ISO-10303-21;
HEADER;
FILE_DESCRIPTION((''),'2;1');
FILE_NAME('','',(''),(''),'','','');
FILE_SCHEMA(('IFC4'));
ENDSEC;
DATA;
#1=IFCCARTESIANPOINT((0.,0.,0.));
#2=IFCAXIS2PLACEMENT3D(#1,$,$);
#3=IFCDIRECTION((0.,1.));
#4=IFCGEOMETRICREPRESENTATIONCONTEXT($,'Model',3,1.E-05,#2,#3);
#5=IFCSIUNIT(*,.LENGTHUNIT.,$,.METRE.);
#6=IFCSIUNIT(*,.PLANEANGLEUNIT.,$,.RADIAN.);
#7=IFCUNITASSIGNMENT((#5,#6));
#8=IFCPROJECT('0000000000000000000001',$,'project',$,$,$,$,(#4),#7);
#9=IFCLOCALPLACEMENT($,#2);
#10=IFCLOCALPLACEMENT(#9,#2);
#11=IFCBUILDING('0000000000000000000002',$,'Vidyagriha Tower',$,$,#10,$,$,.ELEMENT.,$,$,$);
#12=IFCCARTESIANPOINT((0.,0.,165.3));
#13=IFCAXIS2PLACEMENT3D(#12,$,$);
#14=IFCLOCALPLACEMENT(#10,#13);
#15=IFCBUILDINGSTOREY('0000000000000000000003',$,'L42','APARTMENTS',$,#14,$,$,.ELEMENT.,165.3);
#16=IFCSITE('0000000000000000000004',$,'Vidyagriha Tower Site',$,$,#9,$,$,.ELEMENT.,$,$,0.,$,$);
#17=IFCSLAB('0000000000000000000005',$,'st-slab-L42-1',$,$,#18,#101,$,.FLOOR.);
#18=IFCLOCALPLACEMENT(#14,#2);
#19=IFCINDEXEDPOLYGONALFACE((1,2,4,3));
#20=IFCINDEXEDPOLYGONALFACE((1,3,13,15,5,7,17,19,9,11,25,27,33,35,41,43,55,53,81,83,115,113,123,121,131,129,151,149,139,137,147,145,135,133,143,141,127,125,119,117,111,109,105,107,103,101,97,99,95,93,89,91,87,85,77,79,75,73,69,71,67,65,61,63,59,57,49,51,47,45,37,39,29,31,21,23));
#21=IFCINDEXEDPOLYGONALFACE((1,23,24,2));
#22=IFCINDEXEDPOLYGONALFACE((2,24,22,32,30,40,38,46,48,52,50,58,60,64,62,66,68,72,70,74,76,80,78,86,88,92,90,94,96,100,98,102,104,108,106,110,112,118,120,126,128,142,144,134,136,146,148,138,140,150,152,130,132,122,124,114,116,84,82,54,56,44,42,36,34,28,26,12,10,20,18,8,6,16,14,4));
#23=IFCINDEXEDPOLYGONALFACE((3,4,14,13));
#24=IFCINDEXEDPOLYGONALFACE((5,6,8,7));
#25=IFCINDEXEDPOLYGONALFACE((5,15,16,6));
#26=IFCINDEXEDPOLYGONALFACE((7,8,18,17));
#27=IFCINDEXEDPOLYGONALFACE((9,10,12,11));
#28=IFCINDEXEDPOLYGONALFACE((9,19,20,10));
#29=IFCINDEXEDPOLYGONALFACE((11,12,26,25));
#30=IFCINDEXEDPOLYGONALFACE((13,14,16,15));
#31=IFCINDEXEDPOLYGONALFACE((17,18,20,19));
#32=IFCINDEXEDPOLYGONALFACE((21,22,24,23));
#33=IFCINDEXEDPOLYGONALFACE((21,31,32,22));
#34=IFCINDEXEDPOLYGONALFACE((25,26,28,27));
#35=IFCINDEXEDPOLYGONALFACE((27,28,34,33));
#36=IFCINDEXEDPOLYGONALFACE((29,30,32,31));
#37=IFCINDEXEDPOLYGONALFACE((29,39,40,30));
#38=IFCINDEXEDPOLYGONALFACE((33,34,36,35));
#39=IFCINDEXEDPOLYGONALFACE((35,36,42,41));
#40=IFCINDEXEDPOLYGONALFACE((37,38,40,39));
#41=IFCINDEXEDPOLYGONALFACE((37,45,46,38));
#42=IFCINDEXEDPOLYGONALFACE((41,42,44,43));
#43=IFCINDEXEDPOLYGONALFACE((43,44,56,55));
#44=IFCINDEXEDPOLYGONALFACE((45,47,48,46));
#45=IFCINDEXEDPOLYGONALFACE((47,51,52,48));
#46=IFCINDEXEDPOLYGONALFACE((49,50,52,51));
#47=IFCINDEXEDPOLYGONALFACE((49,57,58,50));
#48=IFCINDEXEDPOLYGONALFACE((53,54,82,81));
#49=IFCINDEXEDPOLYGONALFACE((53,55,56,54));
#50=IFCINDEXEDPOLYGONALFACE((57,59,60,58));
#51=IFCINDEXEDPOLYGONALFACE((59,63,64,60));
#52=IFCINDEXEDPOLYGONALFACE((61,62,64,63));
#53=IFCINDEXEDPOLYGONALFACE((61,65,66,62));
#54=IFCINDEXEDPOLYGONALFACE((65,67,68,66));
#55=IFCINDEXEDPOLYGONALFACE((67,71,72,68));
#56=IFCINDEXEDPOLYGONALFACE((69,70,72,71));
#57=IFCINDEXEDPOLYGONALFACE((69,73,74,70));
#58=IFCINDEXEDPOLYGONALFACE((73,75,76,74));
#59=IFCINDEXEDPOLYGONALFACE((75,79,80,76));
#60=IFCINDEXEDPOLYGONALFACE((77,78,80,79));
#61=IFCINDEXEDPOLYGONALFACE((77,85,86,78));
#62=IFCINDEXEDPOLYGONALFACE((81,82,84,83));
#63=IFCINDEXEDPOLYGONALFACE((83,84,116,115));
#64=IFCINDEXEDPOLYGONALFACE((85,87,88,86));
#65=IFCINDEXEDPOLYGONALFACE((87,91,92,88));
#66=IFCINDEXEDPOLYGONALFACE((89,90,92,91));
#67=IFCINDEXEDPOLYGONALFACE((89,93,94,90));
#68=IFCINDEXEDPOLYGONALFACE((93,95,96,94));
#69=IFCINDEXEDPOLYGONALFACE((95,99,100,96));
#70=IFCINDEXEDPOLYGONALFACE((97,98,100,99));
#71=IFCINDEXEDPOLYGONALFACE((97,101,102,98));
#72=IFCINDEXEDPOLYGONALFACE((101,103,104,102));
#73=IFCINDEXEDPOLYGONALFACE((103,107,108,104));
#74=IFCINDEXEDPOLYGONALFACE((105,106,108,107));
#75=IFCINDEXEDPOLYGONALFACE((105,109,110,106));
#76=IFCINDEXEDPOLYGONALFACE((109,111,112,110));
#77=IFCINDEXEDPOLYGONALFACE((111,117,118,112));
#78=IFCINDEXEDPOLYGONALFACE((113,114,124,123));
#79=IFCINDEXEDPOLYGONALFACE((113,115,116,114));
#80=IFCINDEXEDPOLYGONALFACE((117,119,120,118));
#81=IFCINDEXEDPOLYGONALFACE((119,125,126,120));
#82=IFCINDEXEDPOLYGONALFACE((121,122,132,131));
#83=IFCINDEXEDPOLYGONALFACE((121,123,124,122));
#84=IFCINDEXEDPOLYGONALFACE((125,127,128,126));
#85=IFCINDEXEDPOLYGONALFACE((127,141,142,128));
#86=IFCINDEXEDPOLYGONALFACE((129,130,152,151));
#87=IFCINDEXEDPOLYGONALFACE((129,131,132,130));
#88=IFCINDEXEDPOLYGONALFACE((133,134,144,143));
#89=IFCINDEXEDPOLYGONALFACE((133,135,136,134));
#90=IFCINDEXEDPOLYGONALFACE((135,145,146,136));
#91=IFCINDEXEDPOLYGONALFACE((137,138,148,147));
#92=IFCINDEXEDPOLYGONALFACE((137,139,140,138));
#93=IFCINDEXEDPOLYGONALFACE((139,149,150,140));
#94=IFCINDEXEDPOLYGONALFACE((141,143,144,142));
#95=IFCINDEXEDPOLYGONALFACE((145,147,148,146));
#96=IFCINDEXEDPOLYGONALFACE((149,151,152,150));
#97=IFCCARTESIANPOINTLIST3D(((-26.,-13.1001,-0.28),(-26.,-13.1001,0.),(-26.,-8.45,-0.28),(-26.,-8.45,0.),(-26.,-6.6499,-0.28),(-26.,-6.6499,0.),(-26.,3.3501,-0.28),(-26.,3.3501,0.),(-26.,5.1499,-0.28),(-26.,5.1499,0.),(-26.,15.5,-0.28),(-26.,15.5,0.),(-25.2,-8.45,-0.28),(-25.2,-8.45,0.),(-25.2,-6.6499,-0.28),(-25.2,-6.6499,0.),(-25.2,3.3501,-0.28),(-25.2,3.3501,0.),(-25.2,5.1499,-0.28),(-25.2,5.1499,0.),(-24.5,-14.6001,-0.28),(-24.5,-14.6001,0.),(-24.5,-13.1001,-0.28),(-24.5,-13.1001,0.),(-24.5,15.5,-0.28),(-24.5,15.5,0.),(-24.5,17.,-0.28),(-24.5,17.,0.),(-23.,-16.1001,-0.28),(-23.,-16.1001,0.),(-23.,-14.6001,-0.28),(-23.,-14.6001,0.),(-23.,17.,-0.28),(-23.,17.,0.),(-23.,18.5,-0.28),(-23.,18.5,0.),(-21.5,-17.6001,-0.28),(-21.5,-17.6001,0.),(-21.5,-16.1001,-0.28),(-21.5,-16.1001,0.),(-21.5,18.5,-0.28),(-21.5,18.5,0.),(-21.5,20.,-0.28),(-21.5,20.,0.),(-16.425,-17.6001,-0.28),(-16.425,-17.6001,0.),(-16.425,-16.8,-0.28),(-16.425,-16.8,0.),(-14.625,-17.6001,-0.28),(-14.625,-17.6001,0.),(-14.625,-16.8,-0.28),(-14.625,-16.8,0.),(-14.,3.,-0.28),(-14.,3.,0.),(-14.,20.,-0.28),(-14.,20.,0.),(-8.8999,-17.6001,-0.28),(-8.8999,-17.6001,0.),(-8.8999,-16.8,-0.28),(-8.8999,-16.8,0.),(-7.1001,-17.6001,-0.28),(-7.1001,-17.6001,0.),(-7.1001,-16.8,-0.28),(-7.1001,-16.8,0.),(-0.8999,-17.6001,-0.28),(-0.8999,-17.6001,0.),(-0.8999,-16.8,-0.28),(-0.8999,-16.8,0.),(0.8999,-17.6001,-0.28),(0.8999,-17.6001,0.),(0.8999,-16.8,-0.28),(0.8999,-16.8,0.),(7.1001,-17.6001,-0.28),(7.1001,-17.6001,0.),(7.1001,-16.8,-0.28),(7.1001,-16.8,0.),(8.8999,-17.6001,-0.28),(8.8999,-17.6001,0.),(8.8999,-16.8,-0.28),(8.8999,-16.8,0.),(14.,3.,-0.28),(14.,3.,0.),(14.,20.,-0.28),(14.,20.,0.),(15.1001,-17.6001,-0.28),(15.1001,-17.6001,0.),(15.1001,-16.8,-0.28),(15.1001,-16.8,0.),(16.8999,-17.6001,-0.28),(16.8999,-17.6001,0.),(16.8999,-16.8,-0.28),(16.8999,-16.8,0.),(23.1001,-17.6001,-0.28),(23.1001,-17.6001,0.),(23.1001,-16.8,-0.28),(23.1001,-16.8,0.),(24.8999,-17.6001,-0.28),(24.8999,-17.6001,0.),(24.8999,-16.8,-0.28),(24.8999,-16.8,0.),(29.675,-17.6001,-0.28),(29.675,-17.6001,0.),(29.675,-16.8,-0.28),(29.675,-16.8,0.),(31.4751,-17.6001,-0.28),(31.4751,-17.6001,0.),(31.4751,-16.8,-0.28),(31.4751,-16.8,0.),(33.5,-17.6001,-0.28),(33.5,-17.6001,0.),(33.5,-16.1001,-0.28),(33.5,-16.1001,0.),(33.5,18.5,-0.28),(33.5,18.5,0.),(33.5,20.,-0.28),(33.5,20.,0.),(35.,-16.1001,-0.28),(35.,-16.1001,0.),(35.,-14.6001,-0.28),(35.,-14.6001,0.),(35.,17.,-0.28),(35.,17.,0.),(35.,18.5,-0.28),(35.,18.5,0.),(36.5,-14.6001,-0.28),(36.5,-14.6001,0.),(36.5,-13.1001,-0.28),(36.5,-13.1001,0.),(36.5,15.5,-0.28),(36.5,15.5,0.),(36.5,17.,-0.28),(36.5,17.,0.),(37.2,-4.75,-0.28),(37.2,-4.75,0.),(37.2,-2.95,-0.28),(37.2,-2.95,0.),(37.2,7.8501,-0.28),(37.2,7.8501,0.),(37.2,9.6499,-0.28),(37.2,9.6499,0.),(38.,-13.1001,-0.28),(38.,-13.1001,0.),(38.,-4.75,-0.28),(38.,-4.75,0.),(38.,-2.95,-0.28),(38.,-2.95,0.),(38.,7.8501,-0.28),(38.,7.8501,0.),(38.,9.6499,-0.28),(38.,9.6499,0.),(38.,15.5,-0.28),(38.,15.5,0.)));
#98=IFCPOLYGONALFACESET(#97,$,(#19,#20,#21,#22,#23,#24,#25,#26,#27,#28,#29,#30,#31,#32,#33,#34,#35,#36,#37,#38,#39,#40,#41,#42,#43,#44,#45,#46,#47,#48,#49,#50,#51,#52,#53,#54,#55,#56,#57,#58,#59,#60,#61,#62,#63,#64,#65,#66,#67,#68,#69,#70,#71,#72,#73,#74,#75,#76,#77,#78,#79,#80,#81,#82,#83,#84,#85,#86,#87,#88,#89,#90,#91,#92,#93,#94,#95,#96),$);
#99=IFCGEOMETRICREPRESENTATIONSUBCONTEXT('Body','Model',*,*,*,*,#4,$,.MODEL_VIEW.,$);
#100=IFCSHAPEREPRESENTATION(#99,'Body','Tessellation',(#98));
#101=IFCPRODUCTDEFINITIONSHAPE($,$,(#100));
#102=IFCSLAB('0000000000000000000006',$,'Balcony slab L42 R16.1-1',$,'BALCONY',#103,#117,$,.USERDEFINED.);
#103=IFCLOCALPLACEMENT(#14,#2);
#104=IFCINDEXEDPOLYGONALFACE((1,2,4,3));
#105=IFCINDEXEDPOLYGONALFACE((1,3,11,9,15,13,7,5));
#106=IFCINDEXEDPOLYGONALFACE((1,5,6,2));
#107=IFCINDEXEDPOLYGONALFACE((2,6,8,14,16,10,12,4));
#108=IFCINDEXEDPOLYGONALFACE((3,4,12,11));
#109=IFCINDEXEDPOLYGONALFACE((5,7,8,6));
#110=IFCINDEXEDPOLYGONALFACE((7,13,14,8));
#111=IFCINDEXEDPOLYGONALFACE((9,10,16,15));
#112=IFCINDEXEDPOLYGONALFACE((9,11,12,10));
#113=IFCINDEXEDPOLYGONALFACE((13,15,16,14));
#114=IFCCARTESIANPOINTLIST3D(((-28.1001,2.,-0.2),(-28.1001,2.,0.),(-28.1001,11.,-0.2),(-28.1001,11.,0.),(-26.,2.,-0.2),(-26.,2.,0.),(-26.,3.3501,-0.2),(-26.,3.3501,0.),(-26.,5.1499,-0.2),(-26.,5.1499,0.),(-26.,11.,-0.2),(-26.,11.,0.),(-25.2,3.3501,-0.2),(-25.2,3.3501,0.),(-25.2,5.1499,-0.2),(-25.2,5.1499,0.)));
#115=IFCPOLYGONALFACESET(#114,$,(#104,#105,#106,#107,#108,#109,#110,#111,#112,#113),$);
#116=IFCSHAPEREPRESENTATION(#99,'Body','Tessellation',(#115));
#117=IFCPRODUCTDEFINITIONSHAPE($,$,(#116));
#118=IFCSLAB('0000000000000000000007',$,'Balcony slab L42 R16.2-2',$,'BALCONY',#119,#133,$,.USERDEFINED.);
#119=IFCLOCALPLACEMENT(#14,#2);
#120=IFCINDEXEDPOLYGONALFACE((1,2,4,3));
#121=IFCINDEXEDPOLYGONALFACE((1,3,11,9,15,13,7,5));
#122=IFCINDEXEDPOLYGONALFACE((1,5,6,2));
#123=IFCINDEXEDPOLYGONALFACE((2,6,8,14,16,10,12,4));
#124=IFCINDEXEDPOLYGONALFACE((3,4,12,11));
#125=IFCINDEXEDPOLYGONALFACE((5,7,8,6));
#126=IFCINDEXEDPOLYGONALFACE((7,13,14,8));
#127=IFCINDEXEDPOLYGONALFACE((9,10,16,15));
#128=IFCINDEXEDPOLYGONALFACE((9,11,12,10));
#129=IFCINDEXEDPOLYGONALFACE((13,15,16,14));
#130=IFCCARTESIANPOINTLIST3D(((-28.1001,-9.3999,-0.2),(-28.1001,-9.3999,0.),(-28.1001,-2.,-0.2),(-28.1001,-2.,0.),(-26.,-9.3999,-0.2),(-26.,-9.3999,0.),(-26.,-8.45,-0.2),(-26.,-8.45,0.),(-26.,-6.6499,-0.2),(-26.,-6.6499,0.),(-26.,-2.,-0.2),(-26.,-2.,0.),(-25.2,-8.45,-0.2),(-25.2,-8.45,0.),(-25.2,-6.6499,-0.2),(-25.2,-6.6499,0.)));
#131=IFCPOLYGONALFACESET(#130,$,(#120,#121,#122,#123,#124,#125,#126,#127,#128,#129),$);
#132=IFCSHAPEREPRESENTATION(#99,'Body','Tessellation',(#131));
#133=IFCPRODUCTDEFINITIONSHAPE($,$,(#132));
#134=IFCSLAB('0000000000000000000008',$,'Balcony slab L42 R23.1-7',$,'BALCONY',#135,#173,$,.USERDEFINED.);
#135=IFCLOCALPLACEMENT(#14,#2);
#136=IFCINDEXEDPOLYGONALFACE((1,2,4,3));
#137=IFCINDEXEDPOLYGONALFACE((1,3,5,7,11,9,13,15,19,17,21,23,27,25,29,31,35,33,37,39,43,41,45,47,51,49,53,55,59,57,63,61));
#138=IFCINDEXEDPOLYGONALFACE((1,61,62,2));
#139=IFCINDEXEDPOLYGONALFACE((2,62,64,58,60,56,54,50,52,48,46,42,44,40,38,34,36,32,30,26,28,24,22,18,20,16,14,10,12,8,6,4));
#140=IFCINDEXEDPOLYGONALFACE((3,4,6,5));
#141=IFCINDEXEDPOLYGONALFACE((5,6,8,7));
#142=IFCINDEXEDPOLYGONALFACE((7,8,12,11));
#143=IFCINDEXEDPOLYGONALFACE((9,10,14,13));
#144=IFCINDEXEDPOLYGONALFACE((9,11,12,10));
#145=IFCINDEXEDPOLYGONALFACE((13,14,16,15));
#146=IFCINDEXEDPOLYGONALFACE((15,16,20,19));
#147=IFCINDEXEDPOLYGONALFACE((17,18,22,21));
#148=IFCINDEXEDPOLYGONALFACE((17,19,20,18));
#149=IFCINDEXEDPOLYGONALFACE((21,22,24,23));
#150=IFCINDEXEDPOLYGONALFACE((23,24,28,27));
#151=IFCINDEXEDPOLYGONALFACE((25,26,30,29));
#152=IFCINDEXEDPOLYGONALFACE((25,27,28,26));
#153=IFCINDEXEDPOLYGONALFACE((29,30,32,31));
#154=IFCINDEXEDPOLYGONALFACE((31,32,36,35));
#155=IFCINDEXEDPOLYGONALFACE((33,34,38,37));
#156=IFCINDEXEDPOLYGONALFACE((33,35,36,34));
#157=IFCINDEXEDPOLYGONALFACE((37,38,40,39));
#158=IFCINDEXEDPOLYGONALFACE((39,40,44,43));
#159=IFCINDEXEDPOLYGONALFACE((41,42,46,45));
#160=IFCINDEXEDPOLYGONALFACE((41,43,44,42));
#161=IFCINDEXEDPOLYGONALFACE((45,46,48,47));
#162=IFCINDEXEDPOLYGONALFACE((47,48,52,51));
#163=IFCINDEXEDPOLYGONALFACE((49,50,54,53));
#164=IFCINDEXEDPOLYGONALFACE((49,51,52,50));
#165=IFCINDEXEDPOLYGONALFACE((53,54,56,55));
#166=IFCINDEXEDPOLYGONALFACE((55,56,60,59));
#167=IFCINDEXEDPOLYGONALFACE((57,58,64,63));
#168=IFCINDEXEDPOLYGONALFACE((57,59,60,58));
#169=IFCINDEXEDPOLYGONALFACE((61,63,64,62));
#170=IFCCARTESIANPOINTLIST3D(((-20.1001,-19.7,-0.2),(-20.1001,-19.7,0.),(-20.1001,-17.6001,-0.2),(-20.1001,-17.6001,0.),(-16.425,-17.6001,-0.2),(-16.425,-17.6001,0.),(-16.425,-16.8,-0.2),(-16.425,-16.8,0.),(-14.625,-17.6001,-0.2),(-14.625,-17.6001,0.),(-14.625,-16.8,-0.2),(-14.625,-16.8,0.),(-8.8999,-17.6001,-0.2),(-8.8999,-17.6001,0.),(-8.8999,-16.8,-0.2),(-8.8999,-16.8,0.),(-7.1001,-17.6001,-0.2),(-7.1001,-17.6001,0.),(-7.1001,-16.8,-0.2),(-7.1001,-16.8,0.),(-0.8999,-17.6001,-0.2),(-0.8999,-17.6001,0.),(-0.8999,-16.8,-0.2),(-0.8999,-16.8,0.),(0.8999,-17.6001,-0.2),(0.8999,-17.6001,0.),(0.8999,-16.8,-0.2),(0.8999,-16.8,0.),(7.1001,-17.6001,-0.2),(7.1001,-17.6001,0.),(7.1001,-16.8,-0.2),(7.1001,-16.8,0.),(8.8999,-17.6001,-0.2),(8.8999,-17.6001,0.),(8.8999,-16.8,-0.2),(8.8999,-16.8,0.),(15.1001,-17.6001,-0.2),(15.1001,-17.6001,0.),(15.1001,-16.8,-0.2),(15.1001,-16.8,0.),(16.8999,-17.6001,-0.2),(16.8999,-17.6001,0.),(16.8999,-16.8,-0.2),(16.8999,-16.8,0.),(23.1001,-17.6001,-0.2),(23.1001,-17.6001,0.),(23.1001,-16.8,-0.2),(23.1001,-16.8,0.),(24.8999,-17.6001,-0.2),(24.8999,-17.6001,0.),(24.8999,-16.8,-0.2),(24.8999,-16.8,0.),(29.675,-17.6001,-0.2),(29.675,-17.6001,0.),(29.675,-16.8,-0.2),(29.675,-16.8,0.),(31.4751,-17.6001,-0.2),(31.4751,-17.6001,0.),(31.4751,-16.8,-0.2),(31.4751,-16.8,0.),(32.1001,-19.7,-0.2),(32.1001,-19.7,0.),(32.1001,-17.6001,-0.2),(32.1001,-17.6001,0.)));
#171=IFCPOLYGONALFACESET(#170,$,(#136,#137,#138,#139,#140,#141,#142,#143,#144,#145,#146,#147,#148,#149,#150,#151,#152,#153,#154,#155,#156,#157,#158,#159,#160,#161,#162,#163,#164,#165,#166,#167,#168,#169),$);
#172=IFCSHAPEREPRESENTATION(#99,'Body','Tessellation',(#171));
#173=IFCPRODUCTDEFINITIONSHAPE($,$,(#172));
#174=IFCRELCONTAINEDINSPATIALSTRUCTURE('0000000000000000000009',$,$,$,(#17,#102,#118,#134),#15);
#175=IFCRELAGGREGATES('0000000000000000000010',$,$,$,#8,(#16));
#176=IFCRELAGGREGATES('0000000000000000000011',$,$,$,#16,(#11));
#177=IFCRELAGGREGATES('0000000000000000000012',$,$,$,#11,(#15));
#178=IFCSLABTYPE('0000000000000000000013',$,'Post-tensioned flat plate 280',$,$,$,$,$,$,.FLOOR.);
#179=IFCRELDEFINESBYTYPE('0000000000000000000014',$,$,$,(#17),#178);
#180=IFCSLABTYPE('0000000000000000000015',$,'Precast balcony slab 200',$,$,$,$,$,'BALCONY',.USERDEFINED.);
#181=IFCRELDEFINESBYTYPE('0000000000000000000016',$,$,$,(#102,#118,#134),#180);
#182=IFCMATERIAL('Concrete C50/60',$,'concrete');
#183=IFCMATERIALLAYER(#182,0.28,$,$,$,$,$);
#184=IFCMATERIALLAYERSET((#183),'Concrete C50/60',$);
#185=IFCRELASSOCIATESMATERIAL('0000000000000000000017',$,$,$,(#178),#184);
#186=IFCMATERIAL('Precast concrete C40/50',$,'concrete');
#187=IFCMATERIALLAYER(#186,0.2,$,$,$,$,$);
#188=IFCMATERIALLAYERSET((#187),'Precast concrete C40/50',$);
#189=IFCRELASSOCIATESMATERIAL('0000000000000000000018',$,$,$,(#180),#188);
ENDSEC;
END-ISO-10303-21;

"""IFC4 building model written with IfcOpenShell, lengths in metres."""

from ifc_helpers import new_model, si_unit, direction, frame, origin, place, context, subcontext, project, spatial, polyline, outline, extrude, material, layer, layer_set, type_object, element, save


model = new_model("IFC4")

# Units and contexts
model_context = context("Model", 3, precision=1e-05, world=origin(), true_north=direction((0.0, 1.0)))
body_context = subcontext(model_context, "Body", "Model", "MODEL_VIEW")
ifc_project = project(units=[si_unit("LENGTHUNIT", "METRE"), si_unit("PLANEANGLEUNIT", "RADIAN")], contexts=[model_context])

# Site, building, storey
site_placement = place(None, origin())
site = spatial("IfcSite", under=ifc_project, at=site_placement, Name="Vidyagriha Tower Site", CompositionType="ELEMENT", RefElevation=0.0)
building_placement = place(site_placement, origin())
building = spatial("IfcBuilding", under=site, at=building_placement, Name="Vidyagriha Tower", CompositionType="ELEMENT")
storey_placement = place(building_placement, frame((0.0, 0.0, 165.3)))
storey = spatial("IfcBuildingStorey", under=building, at=storey_placement, Name="L42", Description="APARTMENTS", CompositionType="ELEMENT", Elevation=165.3)

# Slabs
ifc_material_1 = material(Name="Concrete C50/60", Category="concrete")
ifc_layer_1 = layer(ifc_material_1, 0.28)
ifc_layer_set_1 = layer_set([ifc_layer_1], Name="Concrete C50/60")
slab_type_1 = type_object("IfcSlabType", Name="Post-tensioned flat plate 280", PredefinedType="FLOOR", material=ifc_layer_set_1)
slab_1_placement = place(storey_placement, frame((0.0, 0.0, -0.28)))
element("IfcSlab", 1, at=slab_1_placement, inside=storey, type_object=slab_type_1, Name="st-slab-L42-1", PredefinedType="FLOOR", context=body_context, shape_type="SweptSolid", body=[
    extrude(outline(polyline([(36.5, -14.6001), (35.0, -14.6001), (35.0, -16.1001), (33.5, -16.1001), (33.5, -17.6001), (31.4751, -17.6001), (31.4751, -16.8), (29.675, -16.8), (29.675, -17.6001), (24.8999, -17.6001), (24.8999, -16.8), (23.1001, -16.8), (23.1001, -17.6001), (16.8999, -17.6001), (16.8999, -16.8), (15.1001, -16.8), (15.1001, -17.6001), (8.8999, -17.6001), (8.8999, -16.8), (7.1001, -16.8), (7.1001, -17.6001), (0.8999, -17.6001), (0.8999, -16.8), (-0.8999, -16.8), (-0.8999, -17.6001), (-7.1001, -17.6001), (-7.1001, -16.8), (-8.8999, -16.8), (-8.8999, -17.6001), (-14.625, -17.6001), (-14.625, -16.8), (-16.425, -16.8), (-16.425, -17.6001), (-21.5, -17.6001), (-21.5, -16.1001), (-23.0, -16.1001), (-23.0, -14.6001), (-24.5, -14.6001), (-24.5, -13.1001), (-26.0, -13.1001), (-26.0, -8.45), (-25.2, -8.45), (-25.2, -6.6499), (-26.0, -6.6499), (-26.0, 3.3501), (-25.2, 3.3501), (-25.2, 5.1499), (-26.0, 5.1499), (-26.0, 15.5), (-24.5, 15.5), (-24.5, 17.0), (-23.0, 17.0), (-23.0, 18.5), (-21.5, 18.5), (-21.5, 20.0), (-14.0, 20.0), (-14.0, 3.0), (14.0, 3.0), (14.0, 20.0), (33.5, 20.0), (33.5, 18.5), (35.0, 18.5), (35.0, 17.0), (36.5, 17.0), (36.5, 15.5), (38.0, 15.5), (38.0, 9.6499), (37.2, 9.6499), (37.2, 7.8501), (38.0, 7.8501), (38.0, -2.95), (37.2, -2.95), (37.2, -4.75), (38.0, -4.75), (38.0, -13.1001), (36.5, -13.1001), (36.5, -14.6001)])), origin(), (0.0, 0.0, 1.0), 0.28),
])
ifc_material_2 = material(Name="Precast concrete C40/50", Category="concrete")
ifc_layer_2 = layer(ifc_material_2, 0.2)
ifc_layer_set_2 = layer_set([ifc_layer_2], Name="Precast concrete C40/50")
slab_type_2 = type_object("IfcSlabType", Name="Precast balcony slab 200", ElementType="BALCONY", PredefinedType="USERDEFINED", material=ifc_layer_set_2)
slab_2_placement = place(storey_placement, frame((0.0, 0.0, -0.2)))
element("IfcSlab", 2, at=slab_2_placement, inside=storey, type_object=slab_type_2, Name="Balcony slab L42 R16.1-1", ObjectType="BALCONY", PredefinedType="USERDEFINED", context=body_context, shape_type="SweptSolid", body=[
    extrude(outline(polyline([(-25.2, 3.3501), (-25.2, 5.1499), (-26.0, 5.1499), (-26.0, 11.0), (-28.1001, 11.0), (-28.1001, 2.0), (-26.0, 2.0), (-26.0, 3.3501), (-25.2, 3.3501)])), origin(), (0.0, 0.0, 1.0), 0.2),
])
slab_3_placement = place(storey_placement, frame((0.0, 0.0, -0.2)))
element("IfcSlab", 3, at=slab_3_placement, inside=storey, type_object=slab_type_2, Name="Balcony slab L42 R16.2-2", ObjectType="BALCONY", PredefinedType="USERDEFINED", context=body_context, shape_type="SweptSolid", body=[
    extrude(outline(polyline([(-25.2, -8.45), (-25.2, -6.6499), (-26.0, -6.6499), (-26.0, -2.0), (-28.1001, -2.0), (-28.1001, -9.3999), (-26.0, -9.3999), (-26.0, -8.45), (-25.2, -8.45)])), origin(), (0.0, 0.0, 1.0), 0.2),
])
slab_4_placement = place(storey_placement, frame((0.0, 0.0, -0.2)))
element("IfcSlab", 4, at=slab_4_placement, inside=storey, type_object=slab_type_2, Name="Balcony slab L42 R23.1-7", ObjectType="BALCONY", PredefinedType="USERDEFINED", context=body_context, shape_type="SweptSolid", body=[
    extrude(outline(polyline([(-14.625, -16.8), (-16.425, -16.8), (-16.425, -17.6001), (-20.1001, -17.6001), (-20.1001, -19.7), (32.1001, -19.7), (32.1001, -17.6001), (31.4751, -17.6001), (31.4751, -16.8), (29.675, -16.8), (29.675, -17.6001), (24.8999, -17.6001), (24.8999, -16.8), (23.1001, -16.8), (23.1001, -17.6001), (16.8999, -17.6001), (16.8999, -16.8), (15.1001, -16.8), (15.1001, -17.6001), (8.8999, -17.6001), (8.8999, -16.8), (7.1001, -16.8), (7.1001, -17.6001), (0.8999, -17.6001), (0.8999, -16.8), (-0.8999, -16.8), (-0.8999, -17.6001), (-7.1001, -17.6001), (-7.1001, -16.8), (-8.8999, -16.8), (-8.8999, -17.6001), (-14.625, -17.6001), (-14.625, -16.8)])), origin(), (0.0, 0.0, 1.0), 0.2),
])

save(model, "model.ifc")
